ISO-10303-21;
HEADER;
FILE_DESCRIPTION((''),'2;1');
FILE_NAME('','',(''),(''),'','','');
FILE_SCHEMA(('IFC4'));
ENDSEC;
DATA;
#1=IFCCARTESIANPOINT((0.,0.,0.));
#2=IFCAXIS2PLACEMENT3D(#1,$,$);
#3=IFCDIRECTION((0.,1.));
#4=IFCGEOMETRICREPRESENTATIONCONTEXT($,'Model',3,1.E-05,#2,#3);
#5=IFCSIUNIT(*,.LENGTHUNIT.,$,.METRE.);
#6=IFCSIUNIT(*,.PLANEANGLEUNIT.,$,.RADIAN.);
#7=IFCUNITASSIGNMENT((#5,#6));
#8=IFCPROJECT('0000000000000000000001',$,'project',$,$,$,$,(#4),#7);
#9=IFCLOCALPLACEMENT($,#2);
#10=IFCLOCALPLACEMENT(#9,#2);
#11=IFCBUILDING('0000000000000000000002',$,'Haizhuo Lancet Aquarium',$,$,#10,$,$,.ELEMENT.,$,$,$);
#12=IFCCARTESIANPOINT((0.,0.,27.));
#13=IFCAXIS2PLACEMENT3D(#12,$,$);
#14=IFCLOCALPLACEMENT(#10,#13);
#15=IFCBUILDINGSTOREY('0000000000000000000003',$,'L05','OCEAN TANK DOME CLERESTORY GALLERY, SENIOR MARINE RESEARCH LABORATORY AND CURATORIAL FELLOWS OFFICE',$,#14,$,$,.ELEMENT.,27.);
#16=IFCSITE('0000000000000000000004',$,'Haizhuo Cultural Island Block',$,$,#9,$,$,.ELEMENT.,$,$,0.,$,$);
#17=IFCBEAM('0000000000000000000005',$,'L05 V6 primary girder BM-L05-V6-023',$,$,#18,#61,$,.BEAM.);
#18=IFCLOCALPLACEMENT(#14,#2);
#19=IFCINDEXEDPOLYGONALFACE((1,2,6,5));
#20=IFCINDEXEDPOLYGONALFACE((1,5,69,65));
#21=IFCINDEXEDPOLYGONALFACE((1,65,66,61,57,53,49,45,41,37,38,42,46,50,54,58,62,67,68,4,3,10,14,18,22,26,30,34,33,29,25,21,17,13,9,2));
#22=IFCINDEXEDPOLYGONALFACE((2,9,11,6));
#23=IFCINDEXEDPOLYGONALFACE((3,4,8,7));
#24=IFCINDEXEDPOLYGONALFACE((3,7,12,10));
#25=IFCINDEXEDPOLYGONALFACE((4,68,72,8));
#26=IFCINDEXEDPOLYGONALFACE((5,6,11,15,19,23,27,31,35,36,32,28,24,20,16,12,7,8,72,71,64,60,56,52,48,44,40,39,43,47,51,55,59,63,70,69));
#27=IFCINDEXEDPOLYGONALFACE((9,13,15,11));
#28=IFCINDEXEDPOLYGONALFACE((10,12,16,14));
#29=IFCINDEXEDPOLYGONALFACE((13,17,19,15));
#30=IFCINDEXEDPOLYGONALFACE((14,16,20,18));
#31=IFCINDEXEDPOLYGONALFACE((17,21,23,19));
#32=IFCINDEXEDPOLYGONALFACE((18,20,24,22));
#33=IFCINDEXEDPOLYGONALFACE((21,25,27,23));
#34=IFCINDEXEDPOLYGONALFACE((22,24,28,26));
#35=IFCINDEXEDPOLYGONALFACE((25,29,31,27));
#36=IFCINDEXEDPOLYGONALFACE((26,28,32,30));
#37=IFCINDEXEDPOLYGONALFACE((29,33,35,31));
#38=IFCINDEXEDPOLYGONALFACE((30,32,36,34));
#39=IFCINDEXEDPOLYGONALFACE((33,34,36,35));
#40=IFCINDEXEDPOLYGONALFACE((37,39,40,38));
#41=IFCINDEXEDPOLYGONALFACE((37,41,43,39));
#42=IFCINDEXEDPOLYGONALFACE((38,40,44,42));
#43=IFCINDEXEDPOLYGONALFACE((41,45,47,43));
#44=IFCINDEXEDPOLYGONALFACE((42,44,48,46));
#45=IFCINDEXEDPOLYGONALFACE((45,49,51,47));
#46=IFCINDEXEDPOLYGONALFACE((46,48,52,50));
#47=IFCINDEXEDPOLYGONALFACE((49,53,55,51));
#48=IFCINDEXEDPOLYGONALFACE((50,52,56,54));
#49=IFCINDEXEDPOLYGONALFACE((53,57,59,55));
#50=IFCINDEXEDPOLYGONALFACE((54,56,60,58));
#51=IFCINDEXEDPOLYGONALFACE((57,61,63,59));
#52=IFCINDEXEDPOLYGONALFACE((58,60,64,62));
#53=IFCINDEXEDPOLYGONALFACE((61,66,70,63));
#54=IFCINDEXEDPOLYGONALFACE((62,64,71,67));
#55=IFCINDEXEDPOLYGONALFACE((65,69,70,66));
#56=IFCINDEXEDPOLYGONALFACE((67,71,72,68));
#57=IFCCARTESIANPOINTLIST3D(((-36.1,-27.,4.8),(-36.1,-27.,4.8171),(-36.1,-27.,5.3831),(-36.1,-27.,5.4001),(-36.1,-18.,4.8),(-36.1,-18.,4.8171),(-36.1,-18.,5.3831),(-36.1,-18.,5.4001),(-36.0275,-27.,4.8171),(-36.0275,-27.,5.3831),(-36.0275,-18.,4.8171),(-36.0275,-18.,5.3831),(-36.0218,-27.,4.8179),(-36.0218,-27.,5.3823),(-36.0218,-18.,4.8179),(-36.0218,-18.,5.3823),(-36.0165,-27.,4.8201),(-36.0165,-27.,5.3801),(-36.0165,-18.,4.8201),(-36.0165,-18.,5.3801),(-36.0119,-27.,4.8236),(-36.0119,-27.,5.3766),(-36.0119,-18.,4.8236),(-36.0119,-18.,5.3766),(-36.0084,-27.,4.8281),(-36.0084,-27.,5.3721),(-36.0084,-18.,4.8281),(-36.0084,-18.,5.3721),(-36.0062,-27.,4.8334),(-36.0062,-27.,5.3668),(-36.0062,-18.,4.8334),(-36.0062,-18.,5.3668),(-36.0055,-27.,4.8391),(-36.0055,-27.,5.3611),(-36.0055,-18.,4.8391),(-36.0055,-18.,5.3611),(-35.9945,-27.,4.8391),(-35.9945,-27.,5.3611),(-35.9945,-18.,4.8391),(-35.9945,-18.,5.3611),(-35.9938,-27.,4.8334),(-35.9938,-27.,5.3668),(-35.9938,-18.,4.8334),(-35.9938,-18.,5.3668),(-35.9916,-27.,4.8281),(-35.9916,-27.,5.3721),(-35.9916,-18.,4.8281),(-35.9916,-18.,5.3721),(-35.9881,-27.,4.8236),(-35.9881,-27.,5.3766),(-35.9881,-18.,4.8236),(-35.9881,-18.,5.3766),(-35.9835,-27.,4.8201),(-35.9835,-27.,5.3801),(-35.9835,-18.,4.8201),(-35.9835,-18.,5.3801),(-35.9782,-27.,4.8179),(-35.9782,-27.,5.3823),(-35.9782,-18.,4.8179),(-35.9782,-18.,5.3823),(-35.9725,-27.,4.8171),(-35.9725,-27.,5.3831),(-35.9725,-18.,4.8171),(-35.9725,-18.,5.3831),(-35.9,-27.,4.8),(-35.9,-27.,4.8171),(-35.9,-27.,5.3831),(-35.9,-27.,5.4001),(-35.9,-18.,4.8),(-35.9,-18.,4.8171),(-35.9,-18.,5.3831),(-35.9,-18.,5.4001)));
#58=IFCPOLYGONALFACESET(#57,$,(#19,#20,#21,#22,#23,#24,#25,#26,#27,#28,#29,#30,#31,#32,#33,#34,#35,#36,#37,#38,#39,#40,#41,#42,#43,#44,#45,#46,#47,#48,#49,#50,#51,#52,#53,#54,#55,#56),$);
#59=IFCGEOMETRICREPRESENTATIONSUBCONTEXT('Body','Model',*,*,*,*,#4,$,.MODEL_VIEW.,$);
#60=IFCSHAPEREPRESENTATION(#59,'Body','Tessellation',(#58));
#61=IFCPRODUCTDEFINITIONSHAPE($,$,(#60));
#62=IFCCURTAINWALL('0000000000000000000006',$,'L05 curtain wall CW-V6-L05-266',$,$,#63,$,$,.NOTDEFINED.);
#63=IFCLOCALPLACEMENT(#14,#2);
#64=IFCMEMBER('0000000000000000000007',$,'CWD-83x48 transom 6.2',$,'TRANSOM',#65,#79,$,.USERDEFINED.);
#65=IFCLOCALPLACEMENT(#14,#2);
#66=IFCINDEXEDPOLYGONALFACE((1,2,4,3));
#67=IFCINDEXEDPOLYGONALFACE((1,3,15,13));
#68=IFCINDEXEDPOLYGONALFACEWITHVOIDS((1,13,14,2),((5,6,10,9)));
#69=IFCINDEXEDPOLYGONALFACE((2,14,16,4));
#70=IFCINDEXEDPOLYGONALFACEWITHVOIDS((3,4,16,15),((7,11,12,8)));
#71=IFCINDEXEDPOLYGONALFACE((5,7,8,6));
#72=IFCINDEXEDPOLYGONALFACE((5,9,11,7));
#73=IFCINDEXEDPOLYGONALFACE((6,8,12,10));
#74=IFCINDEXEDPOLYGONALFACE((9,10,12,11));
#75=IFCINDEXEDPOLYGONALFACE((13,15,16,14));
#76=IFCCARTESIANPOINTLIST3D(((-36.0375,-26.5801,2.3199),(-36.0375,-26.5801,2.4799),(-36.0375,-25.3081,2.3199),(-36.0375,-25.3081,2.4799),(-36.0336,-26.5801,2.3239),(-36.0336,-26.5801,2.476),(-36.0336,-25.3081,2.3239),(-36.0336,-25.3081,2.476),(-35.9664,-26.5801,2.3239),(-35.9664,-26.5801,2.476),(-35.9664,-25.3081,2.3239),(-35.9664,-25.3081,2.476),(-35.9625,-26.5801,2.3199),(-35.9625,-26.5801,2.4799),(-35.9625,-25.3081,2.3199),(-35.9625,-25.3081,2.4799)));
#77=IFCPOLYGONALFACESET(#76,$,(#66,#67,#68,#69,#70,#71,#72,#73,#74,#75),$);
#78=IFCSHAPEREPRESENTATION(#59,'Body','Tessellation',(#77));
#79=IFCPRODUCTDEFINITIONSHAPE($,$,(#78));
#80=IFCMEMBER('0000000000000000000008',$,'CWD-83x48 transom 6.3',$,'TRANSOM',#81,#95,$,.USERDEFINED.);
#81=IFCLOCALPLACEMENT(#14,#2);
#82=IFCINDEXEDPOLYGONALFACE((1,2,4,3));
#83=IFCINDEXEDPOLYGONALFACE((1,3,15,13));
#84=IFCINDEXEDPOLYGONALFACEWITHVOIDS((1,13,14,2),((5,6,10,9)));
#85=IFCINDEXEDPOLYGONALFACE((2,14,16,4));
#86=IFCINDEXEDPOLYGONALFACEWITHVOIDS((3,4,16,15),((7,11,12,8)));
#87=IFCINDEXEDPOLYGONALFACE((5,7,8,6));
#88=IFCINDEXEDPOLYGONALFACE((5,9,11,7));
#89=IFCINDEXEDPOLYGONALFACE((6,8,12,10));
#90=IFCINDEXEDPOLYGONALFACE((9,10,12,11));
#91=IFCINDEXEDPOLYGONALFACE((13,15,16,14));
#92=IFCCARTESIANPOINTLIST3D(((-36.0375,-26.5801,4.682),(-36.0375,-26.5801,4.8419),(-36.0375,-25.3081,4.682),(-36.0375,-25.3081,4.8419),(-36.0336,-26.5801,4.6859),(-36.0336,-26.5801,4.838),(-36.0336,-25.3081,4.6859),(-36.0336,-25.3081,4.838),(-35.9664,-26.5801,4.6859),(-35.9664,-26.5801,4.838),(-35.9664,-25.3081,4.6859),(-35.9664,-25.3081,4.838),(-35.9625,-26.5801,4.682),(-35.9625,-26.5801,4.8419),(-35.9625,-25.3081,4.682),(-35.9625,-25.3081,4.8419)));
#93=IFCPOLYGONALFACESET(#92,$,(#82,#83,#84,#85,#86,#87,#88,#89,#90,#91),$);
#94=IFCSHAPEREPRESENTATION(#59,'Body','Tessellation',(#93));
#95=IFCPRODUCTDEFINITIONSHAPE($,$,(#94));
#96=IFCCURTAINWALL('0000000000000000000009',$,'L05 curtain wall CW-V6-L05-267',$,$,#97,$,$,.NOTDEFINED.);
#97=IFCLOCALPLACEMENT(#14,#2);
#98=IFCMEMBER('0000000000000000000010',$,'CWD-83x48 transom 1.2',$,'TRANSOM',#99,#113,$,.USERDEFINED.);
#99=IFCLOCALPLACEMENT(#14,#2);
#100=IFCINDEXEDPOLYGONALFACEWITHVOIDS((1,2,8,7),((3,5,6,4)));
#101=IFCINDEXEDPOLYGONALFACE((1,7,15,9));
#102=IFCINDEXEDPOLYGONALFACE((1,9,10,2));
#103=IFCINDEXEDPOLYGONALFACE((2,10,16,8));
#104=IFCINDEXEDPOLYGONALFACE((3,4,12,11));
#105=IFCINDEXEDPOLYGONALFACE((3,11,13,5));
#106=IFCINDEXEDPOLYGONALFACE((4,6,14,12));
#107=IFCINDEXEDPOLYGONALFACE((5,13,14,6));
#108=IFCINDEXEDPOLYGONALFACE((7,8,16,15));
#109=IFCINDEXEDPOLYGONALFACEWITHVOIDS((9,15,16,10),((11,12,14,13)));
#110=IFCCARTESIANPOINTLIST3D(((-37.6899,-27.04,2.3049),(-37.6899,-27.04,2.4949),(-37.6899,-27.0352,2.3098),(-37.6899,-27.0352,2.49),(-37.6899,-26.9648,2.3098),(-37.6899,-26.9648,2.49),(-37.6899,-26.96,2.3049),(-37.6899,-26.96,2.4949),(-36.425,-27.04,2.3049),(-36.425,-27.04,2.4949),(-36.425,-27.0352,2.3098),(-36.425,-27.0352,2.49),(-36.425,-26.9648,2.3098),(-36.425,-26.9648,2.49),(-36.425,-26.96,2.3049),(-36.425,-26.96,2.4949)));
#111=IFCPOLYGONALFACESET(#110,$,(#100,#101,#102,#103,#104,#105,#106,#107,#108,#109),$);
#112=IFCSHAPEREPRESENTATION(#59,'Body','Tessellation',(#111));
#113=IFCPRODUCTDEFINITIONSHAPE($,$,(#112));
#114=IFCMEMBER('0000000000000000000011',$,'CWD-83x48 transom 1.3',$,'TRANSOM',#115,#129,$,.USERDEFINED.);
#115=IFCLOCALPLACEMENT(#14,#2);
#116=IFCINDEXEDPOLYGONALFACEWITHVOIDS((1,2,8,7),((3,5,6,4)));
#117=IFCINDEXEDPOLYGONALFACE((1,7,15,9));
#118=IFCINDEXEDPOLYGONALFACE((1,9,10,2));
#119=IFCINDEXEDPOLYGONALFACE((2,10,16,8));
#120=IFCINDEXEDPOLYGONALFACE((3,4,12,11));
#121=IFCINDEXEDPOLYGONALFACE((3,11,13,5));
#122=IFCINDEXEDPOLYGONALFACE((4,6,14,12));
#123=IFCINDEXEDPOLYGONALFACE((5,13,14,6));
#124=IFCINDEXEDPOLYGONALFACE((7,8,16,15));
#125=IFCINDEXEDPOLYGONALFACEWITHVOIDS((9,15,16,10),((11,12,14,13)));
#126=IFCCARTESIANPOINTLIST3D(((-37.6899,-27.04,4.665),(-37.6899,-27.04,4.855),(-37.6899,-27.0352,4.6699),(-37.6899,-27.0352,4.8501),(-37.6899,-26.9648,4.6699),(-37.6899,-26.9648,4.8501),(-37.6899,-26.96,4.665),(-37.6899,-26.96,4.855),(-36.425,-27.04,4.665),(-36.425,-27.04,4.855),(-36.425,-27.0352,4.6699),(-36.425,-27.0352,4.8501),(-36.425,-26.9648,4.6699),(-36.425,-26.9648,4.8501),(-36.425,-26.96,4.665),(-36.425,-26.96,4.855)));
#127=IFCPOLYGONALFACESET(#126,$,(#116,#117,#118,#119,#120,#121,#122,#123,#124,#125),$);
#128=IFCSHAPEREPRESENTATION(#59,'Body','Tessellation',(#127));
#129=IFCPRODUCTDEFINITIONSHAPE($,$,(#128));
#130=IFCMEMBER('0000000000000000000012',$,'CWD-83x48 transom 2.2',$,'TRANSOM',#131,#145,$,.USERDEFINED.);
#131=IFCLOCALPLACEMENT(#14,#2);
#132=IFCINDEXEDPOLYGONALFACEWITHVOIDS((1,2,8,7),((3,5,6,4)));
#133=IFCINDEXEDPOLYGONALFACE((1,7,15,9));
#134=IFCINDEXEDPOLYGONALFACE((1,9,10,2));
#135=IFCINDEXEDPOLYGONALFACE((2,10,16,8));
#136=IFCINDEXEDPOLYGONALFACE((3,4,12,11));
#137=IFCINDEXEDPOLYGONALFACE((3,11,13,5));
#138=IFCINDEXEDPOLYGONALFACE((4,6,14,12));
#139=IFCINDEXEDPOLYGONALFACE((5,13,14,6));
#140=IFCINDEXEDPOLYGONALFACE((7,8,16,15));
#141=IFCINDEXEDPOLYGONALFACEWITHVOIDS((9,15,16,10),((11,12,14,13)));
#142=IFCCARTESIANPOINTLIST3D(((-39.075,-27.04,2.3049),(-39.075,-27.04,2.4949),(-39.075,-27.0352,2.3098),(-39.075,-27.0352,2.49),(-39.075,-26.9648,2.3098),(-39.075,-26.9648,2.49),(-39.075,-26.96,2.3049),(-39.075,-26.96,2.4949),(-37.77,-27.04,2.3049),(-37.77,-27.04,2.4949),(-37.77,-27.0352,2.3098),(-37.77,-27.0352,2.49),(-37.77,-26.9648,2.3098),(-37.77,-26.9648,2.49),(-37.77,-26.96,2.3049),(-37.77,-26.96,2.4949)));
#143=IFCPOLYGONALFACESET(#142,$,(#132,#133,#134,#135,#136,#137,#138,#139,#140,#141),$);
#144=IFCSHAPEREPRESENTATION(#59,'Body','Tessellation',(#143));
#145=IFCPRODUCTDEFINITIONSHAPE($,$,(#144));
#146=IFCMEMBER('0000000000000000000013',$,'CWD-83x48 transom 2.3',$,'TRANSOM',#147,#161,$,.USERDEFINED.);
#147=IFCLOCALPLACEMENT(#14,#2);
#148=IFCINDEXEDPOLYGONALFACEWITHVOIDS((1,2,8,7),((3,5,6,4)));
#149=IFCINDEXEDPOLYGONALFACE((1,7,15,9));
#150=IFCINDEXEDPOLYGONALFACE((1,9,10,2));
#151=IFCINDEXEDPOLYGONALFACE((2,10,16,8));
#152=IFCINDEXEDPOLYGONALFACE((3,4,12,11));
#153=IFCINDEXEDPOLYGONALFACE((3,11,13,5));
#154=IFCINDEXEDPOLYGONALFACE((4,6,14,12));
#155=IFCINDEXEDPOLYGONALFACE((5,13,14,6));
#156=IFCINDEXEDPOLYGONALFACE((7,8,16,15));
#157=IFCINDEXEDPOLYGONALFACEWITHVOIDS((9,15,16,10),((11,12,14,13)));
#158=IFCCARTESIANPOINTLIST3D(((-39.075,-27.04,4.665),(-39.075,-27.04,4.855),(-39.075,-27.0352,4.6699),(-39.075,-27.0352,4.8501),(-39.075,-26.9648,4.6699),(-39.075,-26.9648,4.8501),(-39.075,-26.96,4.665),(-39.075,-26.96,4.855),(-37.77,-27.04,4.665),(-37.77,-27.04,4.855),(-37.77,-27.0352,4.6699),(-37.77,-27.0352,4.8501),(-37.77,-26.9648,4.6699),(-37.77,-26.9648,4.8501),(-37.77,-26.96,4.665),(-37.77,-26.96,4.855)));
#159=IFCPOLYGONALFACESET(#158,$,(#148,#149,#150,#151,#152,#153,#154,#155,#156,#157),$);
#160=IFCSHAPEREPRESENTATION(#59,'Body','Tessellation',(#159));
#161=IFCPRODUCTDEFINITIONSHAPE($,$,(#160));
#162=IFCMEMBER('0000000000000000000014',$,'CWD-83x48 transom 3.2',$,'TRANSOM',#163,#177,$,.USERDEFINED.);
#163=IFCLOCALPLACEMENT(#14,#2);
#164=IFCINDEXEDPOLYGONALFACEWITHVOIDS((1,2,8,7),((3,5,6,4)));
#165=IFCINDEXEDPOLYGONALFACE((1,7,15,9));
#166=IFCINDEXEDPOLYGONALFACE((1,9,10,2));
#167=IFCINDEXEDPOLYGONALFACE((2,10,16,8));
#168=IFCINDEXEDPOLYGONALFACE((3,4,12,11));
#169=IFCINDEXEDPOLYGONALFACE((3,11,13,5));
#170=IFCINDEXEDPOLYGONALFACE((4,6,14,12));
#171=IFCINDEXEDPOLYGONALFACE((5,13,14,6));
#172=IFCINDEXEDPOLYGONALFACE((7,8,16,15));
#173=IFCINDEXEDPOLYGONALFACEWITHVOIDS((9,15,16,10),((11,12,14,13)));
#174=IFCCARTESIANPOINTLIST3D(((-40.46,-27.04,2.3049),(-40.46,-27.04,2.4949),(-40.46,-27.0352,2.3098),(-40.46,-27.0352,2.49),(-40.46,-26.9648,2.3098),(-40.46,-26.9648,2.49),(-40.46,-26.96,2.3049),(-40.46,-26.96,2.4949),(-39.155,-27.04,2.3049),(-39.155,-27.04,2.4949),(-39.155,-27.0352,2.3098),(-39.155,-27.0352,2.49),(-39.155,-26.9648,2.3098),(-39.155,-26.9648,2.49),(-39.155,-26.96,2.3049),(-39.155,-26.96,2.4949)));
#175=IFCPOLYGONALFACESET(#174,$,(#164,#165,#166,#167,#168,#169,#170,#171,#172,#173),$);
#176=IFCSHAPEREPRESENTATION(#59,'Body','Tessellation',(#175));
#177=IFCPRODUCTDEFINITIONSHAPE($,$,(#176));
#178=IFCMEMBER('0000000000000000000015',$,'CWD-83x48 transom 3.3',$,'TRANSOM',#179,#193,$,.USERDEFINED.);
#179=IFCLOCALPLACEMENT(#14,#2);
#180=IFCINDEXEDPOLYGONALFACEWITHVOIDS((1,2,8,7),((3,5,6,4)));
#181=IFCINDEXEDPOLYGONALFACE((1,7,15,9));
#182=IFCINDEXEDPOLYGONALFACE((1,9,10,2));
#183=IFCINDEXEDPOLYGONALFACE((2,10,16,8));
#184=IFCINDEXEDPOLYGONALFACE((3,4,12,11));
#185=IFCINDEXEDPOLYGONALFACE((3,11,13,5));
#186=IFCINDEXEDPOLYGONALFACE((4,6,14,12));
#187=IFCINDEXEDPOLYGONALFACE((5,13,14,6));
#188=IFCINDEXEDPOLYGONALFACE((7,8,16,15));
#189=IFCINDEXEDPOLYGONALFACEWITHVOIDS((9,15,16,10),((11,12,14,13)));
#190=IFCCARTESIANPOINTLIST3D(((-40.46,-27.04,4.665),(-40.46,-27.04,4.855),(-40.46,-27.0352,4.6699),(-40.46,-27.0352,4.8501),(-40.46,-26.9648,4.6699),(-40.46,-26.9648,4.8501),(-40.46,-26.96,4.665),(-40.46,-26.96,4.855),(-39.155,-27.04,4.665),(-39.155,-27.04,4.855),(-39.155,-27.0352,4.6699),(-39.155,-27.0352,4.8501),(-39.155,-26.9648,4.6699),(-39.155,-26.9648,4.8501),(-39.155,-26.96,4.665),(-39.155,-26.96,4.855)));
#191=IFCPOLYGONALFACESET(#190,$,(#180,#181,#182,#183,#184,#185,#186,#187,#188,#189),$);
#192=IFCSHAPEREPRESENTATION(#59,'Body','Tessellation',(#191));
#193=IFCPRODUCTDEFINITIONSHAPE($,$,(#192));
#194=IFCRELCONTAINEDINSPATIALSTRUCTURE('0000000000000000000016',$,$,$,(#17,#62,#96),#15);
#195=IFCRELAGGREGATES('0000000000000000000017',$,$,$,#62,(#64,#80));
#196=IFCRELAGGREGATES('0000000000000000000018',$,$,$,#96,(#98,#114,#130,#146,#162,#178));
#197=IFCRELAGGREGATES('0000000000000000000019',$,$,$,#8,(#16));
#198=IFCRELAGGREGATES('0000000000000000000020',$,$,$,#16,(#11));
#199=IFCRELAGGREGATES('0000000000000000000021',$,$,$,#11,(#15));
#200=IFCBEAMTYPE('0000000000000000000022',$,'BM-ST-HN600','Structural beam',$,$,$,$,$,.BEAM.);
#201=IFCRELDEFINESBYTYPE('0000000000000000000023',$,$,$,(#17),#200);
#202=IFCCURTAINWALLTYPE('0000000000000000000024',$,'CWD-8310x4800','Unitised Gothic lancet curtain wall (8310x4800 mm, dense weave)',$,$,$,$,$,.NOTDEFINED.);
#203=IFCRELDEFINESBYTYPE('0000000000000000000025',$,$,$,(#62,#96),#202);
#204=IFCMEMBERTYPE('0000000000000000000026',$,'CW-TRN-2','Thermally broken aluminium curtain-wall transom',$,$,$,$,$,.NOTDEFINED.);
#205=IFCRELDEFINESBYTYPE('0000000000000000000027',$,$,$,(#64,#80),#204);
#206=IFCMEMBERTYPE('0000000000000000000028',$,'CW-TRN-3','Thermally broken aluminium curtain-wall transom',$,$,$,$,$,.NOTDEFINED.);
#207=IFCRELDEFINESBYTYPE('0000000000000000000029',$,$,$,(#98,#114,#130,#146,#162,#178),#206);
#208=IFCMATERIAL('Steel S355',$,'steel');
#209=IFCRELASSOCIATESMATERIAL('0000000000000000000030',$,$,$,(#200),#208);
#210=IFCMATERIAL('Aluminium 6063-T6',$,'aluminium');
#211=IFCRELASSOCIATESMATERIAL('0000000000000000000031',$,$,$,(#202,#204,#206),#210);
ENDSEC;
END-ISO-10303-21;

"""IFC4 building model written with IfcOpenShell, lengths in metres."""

from ifc_helpers import new_model, si_unit, direction, frame, origin, origin_2d, place, context, subcontext, project, spatial, hollow_rectangle, i_section, extrude, material, material_profile, profile_set, type_object, element, aggregate, save


model = new_model("IFC4")

# Units and contexts
model_context = context("Model", 3, precision=1e-05, world=origin(), true_north=direction((0.0, 1.0)))
body_context = subcontext(model_context, "Body", "Model", "MODEL_VIEW")
ifc_project = project(units=[si_unit("LENGTHUNIT", "METRE"), si_unit("PLANEANGLEUNIT", "RADIAN")], contexts=[model_context])

# Site, building, storey
site_placement = place(None, origin())
site = spatial("IfcSite", under=ifc_project, at=site_placement, Name="Haizhuo Cultural Island Block", CompositionType="ELEMENT", RefElevation=0.0)
building_placement = place(site_placement, origin())
building = spatial("IfcBuilding", under=site, at=building_placement, Name="Haizhuo Lancet Aquarium", CompositionType="ELEMENT")
storey_placement = place(building_placement, frame((0.0, 0.0, 27.0)))
storey = spatial("IfcBuildingStorey", under=building, at=storey_placement, Name="L05", Description="OCEAN TANK DOME CLERESTORY GALLERY, SENIOR MARINE RESEARCH LABORATORY AND CURATORIAL FELLOWS OFFICE", CompositionType="ELEMENT", Elevation=27.0)

# Beam
ifc_material_1 = material(Name="Steel S355", Category="steel")
ifc_material_profile_1 = material_profile(ifc_material_1, i_section(OverallWidth=0.2, OverallDepth=0.6001, WebThickness=0.011, FlangeThickness=0.0171, FilletRadius=0.022, at=origin_2d()), Name="HN 600x200x11x17")
ifc_profile_set_1 = profile_set([ifc_material_profile_1], Name="Steel S355")
beam_type = type_object("IfcBeamType", Name="BM-ST-HN600", Description="Structural beam", PredefinedType="BEAM", material=ifc_profile_set_1)
beam_placement = place(storey_placement, frame((-36.0, -27.0, 5.1001), z_axis=(0.0, 1.0, 0.0), x_axis=(-1.0, 0.0, 0.0)))
element("IfcBeam", 1, at=beam_placement, inside=storey, type_object=beam_type, Name="L05 V6 primary girder BM-L05-V6-023", PredefinedType="BEAM", context=body_context, shape_type="SweptSolid", body=[
    extrude(i_section(OverallWidth=0.2, OverallDepth=0.6001, WebThickness=0.011, FlangeThickness=0.0171, FilletRadius=0.022, at=origin_2d()), origin(), (0.0, 0.0, 1.0), 9.0),
])

# Curtain walls, members
ifc_material_2 = material(Name="Aluminium 6063-T6", Category="aluminium")
curtain_wall_type = type_object("IfcCurtainWallType", Name="CWD-8310x4800", Description="Unitised Gothic lancet curtain wall (8310x4800 mm, dense weave)", PredefinedType="NOTDEFINED", material=ifc_material_2)
curtain_wall_1_placement = place(storey_placement, origin())
curtain_wall_1 = element("IfcCurtainWall", 2, at=curtain_wall_1_placement, inside=storey, type_object=curtain_wall_type, Name="L05 curtain wall CW-V6-L05-266", PredefinedType="NOTDEFINED")
ifc_material_profile_2 = material_profile(ifc_material_2, hollow_rectangle(XDim=0.075, YDim=0.1599, WallThickness=0.0039, at=origin_2d()), Name="ALU-T 75x160x4")
ifc_profile_set_2 = profile_set([ifc_material_profile_2], Name="Aluminium 6063-T6")
member_type_1 = type_object("IfcMemberType", Name="CW-TRN-2", Description="Thermally broken aluminium curtain-wall transom", PredefinedType="NOTDEFINED", material=ifc_profile_set_2)
member_1_placement = place(storey_placement, frame((-36.0, -25.3081, 2.3999), z_axis=(0.0, -1.0, 0.0), x_axis=(1.0, 0.0, 0.0)))
member_1 = element("IfcMember", 3, at=member_1_placement, type_object=member_type_1, Name="CWD-83x48 transom 6.2", ObjectType="TRANSOM", PredefinedType="USERDEFINED", context=body_context, shape_type="SweptSolid", body=[
    extrude(hollow_rectangle(XDim=0.075, YDim=0.1599, WallThickness=0.0039, at=origin_2d()), origin(), (0.0, 0.0, 1.0), 1.272),
])
member_2_placement = place(storey_placement, frame((-36.0, -25.3081, 4.762), z_axis=(0.0, -1.0, 0.0), x_axis=(1.0, 0.0, 0.0)))
member_2 = element("IfcMember", 4, at=member_2_placement, type_object=member_type_1, Name="CWD-83x48 transom 6.3", ObjectType="TRANSOM", PredefinedType="USERDEFINED", context=body_context, shape_type="SweptSolid", body=[
    extrude(hollow_rectangle(XDim=0.075, YDim=0.1599, WallThickness=0.0039, at=origin_2d()), origin(), (0.0, 0.0, 1.0), 1.272),
])
curtain_wall_2_placement = place(storey_placement, origin())
curtain_wall_2 = element("IfcCurtainWall", 5, at=curtain_wall_2_placement, inside=storey, type_object=curtain_wall_type, Name="L05 curtain wall CW-V6-L05-267", PredefinedType="NOTDEFINED")
ifc_material_profile_3 = material_profile(ifc_material_2, hollow_rectangle(XDim=0.0801, YDim=0.1899, WallThickness=0.0049, at=origin_2d()), Name="ALU-T 80x190x5")
ifc_profile_set_3 = profile_set([ifc_material_profile_3], Name="Aluminium 6063-T6")
member_type_2 = type_object("IfcMemberType", Name="CW-TRN-3", Description="Thermally broken aluminium curtain-wall transom", PredefinedType="NOTDEFINED", material=ifc_profile_set_3)
member_3_placement = place(storey_placement, frame((-36.425, -27.0, 2.3999), z_axis=(-1.0, 0.0, 0.0), x_axis=(0.0, -1.0, 0.0)))
member_3 = element("IfcMember", 6, at=member_3_placement, type_object=member_type_2, Name="CWD-83x48 transom 1.2", ObjectType="TRANSOM", PredefinedType="USERDEFINED", context=body_context, shape_type="SweptSolid", body=[
    extrude(hollow_rectangle(XDim=0.0801, YDim=0.1899, WallThickness=0.0049, at=origin_2d()), origin(), (0.0, 0.0, 1.0), 1.2649),
])
member_4_placement = place(storey_placement, frame((-36.425, -27.0, 4.76), z_axis=(-1.0, 0.0, 0.0), x_axis=(0.0, -1.0, 0.0)))
member_4 = element("IfcMember", 7, at=member_4_placement, type_object=member_type_2, Name="CWD-83x48 transom 1.3", ObjectType="TRANSOM", PredefinedType="USERDEFINED", context=body_context, shape_type="SweptSolid", body=[
    extrude(hollow_rectangle(XDim=0.0801, YDim=0.1899, WallThickness=0.0049, at=origin_2d()), origin(), (0.0, 0.0, 1.0), 1.2649),
])
member_5_placement = place(storey_placement, frame((-37.77, -27.0, 2.3999), z_axis=(-1.0, 0.0, 0.0), x_axis=(0.0, -1.0, 0.0)))
member_5 = element("IfcMember", 8, at=member_5_placement, type_object=member_type_2, Name="CWD-83x48 transom 2.2", ObjectType="TRANSOM", PredefinedType="USERDEFINED", context=body_context, shape_type="SweptSolid", body=[
    extrude(hollow_rectangle(XDim=0.0801, YDim=0.1899, WallThickness=0.0049, at=origin_2d()), origin(), (0.0, 0.0, 1.0), 1.3049),
])
member_6_placement = place(storey_placement, frame((-37.77, -27.0, 4.76), z_axis=(-1.0, 0.0, 0.0), x_axis=(0.0, -1.0, 0.0)))
member_6 = element("IfcMember", 9, at=member_6_placement, type_object=member_type_2, Name="CWD-83x48 transom 2.3", ObjectType="TRANSOM", PredefinedType="USERDEFINED", context=body_context, shape_type="SweptSolid", body=[
    extrude(hollow_rectangle(XDim=0.0801, YDim=0.1899, WallThickness=0.0049, at=origin_2d()), origin(), (0.0, 0.0, 1.0), 1.3049),
])
member_7_placement = place(storey_placement, frame((-39.155, -27.0, 2.3999), z_axis=(-1.0, 0.0, 0.0), x_axis=(0.0, -1.0, 0.0)))
member_7 = element("IfcMember", 10, at=member_7_placement, type_object=member_type_2, Name="CWD-83x48 transom 3.2", ObjectType="TRANSOM", PredefinedType="USERDEFINED", context=body_context, shape_type="SweptSolid", body=[
    extrude(hollow_rectangle(XDim=0.0801, YDim=0.1899, WallThickness=0.0049, at=origin_2d()), origin(), (0.0, 0.0, 1.0), 1.3049),
])
member_8_placement = place(storey_placement, frame((-39.155, -27.0, 4.76), z_axis=(-1.0, 0.0, 0.0), x_axis=(0.0, -1.0, 0.0)))
member_8 = element("IfcMember", 11, at=member_8_placement, type_object=member_type_2, Name="CWD-83x48 transom 3.3", ObjectType="TRANSOM", PredefinedType="USERDEFINED", context=body_context, shape_type="SweptSolid", body=[
    extrude(hollow_rectangle(XDim=0.0801, YDim=0.1899, WallThickness=0.0049, at=origin_2d()), origin(), (0.0, 0.0, 1.0), 1.3049),
])

aggregate(curtain_wall_1, [member_1, member_2])
aggregate(curtain_wall_2, [member_3, member_4, member_5, member_6, member_7, member_8])

save(model, "model.ifc")
